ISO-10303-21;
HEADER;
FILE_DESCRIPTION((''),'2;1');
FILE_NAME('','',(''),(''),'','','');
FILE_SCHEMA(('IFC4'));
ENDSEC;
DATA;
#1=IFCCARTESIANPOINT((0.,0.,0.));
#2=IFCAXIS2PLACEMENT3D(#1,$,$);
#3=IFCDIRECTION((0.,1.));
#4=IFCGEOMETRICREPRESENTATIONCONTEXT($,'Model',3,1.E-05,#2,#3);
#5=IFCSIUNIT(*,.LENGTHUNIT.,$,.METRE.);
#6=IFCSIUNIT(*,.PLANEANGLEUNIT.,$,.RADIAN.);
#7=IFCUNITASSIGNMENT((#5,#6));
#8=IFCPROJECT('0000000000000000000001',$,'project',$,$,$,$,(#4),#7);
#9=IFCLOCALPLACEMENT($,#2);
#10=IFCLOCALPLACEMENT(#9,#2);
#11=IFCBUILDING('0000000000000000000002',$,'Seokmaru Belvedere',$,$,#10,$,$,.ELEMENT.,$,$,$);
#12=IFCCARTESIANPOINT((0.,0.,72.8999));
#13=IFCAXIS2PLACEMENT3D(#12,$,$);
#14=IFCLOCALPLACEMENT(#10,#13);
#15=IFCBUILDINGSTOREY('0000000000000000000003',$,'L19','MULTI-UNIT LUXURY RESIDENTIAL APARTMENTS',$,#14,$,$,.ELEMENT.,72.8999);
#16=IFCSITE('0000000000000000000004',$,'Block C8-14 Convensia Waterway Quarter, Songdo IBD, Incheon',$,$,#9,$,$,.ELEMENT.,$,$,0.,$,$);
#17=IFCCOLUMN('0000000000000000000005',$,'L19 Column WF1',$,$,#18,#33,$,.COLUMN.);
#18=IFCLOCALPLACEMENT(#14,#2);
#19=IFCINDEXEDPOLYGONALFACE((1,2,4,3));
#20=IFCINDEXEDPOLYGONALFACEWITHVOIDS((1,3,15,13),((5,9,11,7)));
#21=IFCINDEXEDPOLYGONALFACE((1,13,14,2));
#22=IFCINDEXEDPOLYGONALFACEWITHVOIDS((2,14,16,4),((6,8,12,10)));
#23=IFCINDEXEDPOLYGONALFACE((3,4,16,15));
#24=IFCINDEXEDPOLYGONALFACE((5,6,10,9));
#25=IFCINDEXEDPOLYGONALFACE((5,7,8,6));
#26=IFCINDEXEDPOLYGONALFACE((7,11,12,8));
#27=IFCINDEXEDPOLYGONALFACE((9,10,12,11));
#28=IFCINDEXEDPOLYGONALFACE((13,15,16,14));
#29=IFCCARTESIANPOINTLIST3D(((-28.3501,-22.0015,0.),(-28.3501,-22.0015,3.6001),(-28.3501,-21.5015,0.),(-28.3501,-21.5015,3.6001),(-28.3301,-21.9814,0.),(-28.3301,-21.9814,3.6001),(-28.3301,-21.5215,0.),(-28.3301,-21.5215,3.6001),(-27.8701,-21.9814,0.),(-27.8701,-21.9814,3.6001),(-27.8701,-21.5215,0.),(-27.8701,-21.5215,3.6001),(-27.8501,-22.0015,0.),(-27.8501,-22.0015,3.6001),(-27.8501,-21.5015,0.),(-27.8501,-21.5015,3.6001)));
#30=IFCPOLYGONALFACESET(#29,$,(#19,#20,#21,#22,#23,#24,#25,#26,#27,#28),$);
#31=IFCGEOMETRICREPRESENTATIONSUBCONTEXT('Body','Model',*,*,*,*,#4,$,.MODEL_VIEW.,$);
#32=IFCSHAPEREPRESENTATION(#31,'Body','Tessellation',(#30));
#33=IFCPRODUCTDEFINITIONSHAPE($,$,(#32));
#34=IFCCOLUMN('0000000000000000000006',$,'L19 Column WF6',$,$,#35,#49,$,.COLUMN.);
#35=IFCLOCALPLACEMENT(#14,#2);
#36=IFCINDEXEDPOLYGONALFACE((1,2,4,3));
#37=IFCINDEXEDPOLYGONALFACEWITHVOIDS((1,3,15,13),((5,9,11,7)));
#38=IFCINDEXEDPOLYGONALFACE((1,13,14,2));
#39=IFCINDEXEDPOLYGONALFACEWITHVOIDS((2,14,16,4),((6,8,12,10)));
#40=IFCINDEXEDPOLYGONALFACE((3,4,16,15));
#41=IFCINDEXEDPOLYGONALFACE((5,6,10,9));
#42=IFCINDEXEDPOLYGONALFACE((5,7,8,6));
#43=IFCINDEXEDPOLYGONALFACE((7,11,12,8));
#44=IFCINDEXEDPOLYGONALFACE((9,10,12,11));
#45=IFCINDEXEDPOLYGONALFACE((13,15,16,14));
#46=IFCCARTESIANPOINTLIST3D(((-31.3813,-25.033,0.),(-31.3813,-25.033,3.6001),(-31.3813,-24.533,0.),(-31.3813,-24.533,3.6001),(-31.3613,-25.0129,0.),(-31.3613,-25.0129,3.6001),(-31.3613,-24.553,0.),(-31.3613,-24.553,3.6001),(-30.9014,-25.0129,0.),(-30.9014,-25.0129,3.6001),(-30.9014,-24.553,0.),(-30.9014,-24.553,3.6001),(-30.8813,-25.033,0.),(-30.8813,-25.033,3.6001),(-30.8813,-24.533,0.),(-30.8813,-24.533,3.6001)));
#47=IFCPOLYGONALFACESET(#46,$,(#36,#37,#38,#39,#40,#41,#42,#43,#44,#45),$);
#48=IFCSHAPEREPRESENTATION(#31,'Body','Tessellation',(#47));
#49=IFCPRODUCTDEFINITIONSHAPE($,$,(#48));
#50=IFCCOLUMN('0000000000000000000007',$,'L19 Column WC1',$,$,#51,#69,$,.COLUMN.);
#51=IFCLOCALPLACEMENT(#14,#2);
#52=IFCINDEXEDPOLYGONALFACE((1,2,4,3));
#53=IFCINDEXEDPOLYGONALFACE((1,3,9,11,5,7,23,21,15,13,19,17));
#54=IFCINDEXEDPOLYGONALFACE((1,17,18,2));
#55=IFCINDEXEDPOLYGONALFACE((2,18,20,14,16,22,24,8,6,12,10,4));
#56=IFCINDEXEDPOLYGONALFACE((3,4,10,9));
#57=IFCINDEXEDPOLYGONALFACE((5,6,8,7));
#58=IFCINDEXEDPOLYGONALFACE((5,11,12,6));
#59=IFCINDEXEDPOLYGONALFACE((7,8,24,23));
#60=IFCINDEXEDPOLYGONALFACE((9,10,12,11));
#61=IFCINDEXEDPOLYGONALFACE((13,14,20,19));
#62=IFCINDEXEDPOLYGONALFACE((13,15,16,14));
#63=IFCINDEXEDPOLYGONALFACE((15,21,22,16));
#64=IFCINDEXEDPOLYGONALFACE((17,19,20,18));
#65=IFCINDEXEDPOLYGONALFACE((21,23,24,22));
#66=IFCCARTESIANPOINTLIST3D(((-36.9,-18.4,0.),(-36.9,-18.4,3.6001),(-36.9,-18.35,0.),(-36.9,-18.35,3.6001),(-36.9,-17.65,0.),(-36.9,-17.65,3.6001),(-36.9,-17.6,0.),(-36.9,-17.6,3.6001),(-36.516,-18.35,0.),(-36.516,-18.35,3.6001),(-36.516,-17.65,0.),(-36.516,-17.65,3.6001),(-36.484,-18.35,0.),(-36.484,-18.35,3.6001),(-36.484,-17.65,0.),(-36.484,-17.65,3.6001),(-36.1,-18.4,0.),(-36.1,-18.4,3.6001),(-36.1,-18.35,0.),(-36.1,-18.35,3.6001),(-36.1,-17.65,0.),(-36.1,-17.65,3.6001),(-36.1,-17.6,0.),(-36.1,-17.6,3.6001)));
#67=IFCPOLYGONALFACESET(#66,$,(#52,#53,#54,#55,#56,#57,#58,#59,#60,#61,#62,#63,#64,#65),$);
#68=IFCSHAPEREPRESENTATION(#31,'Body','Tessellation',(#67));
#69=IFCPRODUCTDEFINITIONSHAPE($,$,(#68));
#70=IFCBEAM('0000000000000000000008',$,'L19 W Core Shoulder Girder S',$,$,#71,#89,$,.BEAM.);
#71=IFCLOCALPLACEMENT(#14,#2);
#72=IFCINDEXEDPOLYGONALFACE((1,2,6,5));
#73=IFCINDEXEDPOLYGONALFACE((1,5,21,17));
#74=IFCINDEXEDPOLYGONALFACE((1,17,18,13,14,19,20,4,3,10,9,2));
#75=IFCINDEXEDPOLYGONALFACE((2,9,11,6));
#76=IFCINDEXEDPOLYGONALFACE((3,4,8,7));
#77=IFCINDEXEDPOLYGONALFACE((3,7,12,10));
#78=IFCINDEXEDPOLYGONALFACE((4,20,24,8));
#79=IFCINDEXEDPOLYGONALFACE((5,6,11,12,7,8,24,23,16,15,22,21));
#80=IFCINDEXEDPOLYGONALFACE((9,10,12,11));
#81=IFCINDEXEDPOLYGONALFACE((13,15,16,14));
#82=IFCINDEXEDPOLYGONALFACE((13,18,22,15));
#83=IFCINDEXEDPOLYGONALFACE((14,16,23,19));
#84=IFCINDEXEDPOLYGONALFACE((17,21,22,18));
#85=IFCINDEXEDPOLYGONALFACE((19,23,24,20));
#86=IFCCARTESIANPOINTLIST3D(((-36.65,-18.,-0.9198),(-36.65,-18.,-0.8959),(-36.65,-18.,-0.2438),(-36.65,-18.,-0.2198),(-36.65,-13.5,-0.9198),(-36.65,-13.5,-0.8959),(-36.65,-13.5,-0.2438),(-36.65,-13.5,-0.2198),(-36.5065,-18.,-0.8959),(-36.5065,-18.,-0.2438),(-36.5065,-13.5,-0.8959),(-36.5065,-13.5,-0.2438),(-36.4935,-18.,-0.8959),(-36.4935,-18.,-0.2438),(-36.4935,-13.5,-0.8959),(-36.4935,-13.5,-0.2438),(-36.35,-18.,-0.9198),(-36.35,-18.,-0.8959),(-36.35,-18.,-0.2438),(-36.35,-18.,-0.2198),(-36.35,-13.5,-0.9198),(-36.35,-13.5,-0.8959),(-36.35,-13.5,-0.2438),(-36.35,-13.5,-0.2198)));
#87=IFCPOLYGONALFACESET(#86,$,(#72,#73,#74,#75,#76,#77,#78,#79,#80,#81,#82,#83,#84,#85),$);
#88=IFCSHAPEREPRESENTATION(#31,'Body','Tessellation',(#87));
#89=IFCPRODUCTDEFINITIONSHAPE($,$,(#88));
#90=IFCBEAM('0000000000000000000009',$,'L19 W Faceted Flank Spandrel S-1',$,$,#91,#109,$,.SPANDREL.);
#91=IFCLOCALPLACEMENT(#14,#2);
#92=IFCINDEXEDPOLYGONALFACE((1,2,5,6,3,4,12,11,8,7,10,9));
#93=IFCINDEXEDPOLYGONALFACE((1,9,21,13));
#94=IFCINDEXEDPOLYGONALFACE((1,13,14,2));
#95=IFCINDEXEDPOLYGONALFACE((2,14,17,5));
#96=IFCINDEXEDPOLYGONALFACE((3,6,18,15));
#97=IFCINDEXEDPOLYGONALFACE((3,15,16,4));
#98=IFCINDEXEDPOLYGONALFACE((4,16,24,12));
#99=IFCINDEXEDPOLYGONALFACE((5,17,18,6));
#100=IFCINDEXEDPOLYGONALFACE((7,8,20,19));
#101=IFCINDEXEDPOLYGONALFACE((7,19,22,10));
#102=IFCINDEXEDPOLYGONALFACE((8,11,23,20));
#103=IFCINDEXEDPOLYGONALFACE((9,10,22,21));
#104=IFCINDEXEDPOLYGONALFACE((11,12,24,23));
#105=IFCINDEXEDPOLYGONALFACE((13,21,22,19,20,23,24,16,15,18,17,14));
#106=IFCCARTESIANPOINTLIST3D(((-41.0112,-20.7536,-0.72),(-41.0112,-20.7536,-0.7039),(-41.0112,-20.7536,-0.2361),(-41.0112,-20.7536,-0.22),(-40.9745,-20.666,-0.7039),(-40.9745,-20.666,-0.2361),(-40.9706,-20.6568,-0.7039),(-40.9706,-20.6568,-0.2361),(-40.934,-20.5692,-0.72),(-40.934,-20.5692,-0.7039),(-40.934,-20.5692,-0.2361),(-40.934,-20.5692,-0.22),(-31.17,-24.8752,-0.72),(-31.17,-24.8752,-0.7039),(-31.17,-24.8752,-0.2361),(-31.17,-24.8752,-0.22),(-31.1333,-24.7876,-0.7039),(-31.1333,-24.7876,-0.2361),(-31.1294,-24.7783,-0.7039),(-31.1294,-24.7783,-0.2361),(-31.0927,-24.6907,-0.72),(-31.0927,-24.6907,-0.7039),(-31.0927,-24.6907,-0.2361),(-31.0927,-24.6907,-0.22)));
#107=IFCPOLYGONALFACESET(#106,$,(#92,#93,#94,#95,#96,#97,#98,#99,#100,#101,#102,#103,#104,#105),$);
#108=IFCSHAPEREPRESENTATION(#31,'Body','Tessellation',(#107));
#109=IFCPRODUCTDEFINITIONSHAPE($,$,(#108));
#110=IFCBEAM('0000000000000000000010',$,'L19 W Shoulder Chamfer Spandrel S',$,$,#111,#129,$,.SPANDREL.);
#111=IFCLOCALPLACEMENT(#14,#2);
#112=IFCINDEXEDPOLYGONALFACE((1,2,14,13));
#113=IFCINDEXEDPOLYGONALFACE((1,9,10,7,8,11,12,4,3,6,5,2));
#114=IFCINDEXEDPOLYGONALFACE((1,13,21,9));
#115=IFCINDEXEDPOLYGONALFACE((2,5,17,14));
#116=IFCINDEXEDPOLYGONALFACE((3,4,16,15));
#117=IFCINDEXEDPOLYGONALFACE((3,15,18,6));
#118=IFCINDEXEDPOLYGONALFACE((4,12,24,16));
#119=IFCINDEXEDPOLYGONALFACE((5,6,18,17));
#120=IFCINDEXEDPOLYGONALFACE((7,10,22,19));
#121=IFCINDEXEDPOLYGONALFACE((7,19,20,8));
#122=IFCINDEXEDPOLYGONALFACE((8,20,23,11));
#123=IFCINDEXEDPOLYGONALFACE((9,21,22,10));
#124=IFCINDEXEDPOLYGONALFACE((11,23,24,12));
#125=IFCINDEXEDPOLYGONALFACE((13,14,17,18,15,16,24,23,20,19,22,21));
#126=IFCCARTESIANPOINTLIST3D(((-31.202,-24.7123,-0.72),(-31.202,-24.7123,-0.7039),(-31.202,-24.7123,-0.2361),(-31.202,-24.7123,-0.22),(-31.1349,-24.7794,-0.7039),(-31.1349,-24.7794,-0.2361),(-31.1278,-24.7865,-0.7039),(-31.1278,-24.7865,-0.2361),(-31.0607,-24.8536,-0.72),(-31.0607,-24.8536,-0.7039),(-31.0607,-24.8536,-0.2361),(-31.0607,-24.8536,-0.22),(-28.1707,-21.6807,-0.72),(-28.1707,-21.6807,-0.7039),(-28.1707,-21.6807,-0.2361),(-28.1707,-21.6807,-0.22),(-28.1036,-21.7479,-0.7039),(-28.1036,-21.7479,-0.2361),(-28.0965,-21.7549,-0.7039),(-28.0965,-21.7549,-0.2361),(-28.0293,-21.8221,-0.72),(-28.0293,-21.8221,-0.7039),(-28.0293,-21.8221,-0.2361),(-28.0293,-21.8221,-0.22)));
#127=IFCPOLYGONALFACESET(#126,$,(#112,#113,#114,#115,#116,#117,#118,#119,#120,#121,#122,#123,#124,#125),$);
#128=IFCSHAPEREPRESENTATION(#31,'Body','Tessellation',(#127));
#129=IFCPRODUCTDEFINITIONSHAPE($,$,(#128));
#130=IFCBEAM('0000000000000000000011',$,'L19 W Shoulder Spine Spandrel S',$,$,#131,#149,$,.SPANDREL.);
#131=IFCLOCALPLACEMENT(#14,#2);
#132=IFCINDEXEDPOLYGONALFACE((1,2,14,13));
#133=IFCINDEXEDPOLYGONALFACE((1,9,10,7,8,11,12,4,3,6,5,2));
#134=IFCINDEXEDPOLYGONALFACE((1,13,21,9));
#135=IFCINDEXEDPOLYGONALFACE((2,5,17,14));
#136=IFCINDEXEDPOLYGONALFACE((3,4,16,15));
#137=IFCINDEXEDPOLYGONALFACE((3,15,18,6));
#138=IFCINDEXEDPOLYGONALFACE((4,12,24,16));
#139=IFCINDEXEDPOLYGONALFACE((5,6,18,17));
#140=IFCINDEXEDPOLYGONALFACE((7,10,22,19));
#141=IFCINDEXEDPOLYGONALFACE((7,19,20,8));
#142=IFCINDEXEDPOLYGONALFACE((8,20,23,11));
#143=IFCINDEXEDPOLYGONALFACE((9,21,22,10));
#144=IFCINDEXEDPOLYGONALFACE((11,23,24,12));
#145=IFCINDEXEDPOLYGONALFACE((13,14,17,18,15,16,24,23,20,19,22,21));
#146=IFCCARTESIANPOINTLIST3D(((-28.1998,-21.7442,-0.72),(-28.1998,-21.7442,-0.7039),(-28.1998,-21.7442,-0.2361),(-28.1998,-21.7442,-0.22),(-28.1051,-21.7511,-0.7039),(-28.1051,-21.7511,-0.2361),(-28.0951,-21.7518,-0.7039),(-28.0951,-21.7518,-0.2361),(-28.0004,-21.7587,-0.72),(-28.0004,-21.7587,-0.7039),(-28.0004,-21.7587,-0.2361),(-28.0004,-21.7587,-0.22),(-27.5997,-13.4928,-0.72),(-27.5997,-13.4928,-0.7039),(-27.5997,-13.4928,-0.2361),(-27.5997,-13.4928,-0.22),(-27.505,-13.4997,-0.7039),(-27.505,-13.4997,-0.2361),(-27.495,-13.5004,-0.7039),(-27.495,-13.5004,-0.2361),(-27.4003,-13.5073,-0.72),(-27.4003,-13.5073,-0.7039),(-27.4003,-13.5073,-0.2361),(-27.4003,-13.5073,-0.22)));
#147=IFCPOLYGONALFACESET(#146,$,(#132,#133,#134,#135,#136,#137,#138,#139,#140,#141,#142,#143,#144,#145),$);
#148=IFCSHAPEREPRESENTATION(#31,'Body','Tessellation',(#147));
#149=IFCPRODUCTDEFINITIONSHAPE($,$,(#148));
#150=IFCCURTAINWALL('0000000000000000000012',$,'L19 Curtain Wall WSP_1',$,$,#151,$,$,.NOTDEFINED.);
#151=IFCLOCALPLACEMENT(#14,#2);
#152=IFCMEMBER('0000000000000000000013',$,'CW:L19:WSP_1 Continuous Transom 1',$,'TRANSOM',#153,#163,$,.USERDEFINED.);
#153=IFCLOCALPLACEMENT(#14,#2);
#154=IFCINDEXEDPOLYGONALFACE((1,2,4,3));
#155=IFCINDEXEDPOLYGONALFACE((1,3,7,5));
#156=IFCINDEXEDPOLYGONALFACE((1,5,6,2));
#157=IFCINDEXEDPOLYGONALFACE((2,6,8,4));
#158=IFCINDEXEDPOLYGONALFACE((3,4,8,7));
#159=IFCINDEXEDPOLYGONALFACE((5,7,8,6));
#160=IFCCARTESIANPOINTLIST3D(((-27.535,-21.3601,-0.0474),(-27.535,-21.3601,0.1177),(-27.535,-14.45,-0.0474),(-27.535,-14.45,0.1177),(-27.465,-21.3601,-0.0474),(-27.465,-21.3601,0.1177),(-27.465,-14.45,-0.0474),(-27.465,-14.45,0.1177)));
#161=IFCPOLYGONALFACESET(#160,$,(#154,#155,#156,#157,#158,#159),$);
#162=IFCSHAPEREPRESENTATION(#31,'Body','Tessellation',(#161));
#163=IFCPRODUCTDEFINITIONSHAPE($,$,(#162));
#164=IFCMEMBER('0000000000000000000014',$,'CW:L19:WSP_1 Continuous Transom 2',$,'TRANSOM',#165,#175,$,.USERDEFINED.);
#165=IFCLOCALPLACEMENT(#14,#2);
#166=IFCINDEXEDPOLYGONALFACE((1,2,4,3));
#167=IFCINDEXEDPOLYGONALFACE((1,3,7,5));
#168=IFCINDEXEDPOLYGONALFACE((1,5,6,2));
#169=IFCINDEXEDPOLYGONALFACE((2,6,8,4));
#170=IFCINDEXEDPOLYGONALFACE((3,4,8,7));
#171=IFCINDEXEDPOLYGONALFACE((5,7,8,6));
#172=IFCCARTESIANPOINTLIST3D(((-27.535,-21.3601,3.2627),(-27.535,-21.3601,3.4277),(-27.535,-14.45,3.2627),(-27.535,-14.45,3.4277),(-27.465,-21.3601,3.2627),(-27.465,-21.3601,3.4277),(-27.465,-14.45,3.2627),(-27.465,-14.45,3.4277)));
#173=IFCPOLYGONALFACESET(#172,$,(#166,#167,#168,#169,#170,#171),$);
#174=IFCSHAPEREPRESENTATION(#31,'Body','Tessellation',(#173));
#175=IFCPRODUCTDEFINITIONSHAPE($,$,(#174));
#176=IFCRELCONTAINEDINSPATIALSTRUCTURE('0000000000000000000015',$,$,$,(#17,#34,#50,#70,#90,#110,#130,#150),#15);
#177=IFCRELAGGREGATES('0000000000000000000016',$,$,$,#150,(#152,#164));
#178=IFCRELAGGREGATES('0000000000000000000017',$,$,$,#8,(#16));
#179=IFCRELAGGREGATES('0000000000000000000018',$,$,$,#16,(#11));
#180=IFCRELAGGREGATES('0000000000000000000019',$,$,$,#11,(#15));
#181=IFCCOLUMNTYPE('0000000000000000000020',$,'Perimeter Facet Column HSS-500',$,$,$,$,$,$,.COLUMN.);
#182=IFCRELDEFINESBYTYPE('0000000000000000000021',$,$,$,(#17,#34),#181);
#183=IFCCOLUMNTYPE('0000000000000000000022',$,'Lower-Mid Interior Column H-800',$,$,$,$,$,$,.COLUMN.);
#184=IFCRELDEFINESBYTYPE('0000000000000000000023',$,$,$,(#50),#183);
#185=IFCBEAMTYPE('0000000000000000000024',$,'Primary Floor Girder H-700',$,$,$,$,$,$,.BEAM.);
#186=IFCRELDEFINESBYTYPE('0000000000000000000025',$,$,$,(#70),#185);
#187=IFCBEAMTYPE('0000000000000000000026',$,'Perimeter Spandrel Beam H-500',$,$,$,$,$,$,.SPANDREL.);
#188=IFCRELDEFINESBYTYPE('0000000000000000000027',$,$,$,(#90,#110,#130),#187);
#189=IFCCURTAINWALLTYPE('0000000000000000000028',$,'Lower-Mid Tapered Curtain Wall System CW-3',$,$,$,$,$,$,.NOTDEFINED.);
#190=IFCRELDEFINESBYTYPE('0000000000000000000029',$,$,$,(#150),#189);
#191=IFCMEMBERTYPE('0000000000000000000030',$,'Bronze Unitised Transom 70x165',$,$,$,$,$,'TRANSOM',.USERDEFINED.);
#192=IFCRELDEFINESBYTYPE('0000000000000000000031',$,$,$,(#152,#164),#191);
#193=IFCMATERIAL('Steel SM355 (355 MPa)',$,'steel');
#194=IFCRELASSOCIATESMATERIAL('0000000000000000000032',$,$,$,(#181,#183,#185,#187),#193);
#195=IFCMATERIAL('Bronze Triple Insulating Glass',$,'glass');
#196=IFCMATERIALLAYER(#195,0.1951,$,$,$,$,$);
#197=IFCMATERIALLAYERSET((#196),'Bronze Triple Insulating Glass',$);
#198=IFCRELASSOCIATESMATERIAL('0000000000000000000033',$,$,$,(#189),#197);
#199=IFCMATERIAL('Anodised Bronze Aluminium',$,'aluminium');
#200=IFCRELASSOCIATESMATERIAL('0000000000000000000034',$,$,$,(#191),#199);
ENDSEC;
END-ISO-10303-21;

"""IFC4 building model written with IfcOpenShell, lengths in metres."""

from ifc_helpers import new_model, si_unit, direction, frame, origin, origin_2d, place, context, subcontext, project, spatial, rectangle, hollow_rectangle, i_section, extrude, source, transform, mapped, material, layer, layer_set, material_profile, profile_set, type_object, type_shapes, element, aggregate, save


model = new_model("IFC4")

# Units and contexts
model_context = context("Model", 3, precision=1e-05, world=origin(), true_north=direction((0.0, 1.0)))
body_context = subcontext(model_context, "Body", "Model", "MODEL_VIEW")
ifc_project = project(units=[si_unit("LENGTHUNIT", "METRE"), si_unit("PLANEANGLEUNIT", "RADIAN")], contexts=[model_context])

# Site, building, storey
site_placement = place(None, origin())
site = spatial("IfcSite", under=ifc_project, at=site_placement, Name="Block C8-14 Convensia Waterway Quarter, Songdo IBD, Incheon", CompositionType="ELEMENT", RefElevation=0.0)
building_placement = place(site_placement, origin())
building = spatial("IfcBuilding", under=site, at=building_placement, Name="Seokmaru Belvedere", CompositionType="ELEMENT")
storey_placement = place(building_placement, frame((0.0, 0.0, 72.8999)))
storey = spatial("IfcBuildingStorey", under=building, at=storey_placement, Name="L19", Description="MULTI-UNIT LUXURY RESIDENTIAL APARTMENTS", CompositionType="ELEMENT", Elevation=72.8999)

# Columns
ifc_material_1 = material(Name="Steel SM355 (355 MPa)", Category="steel")
ifc_material_profile_1 = material_profile(ifc_material_1, hollow_rectangle(XDim=0.5, YDim=0.5, WallThickness=0.02, at=origin_2d()), Name="HSS-500x500x20")
ifc_profile_set_1 = profile_set([ifc_material_profile_1], Name="Steel SM355 (355 MPa)")
column_type_1 = type_object("IfcColumnType", Name="Perimeter Facet Column HSS-500", PredefinedType="COLUMN", material=ifc_profile_set_1)
shared_shape_1 = source(origin(), body_context, "Body", "SweptSolid", [
    extrude(hollow_rectangle(XDim=0.5, YDim=0.5, WallThickness=0.02, at=origin_2d()), origin(), (0.0, 0.0, 1.0), 3.6001),
])
type_shapes(column_type_1, [shared_shape_1])
for number, where, z_axis, x_axis, name in (
    (1, (-28.1001, -21.7515, 0.0), (0.0, 0.0, 1.0), (1.0, 0.0, 0.0), "L19 Column WF1"),
    (2, (-31.1313, -24.783, 0.0), (0.0, 0.0, 1.0), (1.0, 0.0, 0.0), "L19 Column WF6"),
):
    element("IfcColumn", number, at=place(storey_placement, frame(where, z_axis=z_axis, x_axis=x_axis)), inside=storey, type_object=column_type_1, Name=name, PredefinedType="COLUMN", context=body_context, shape_type="MappedRepresentation", body=[
        mapped(shared_shape_1, transform((0.0, 0.0, 0.0), scale=1.0)),
    ])
ifc_material_profile_2 = material_profile(ifc_material_1, i_section(OverallWidth=0.8, OverallDepth=0.8, WebThickness=0.032, FlangeThickness=0.05, at=origin_2d()), Name="H-800x800x32x50")
ifc_profile_set_2 = profile_set([ifc_material_profile_2], Name="Steel SM355 (355 MPa)")
column_type_2 = type_object("IfcColumnType", Name="Lower-Mid Interior Column H-800", PredefinedType="COLUMN", material=ifc_profile_set_2)
shared_shape_2 = source(origin(), body_context, "Body", "SweptSolid", [
    extrude(i_section(OverallWidth=0.8, OverallDepth=0.8, WebThickness=0.032, FlangeThickness=0.05, at=origin_2d()), origin(), (0.0, 0.0, 1.0), 3.6001),
])
type_shapes(column_type_2, [shared_shape_2])
column_placement = place(storey_placement, frame((-36.5, -18.0, 0.0), z_axis=(0.0, 0.0, 1.0), x_axis=(1.0, 0.0, 0.0)))
element("IfcColumn", 3, at=column_placement, inside=storey, type_object=column_type_2, Name="L19 Column WC1", PredefinedType="COLUMN", context=body_context, shape_type="MappedRepresentation", body=[
    mapped(shared_shape_2, transform((0.0, 0.0, 0.0), scale=1.0)),
])

# Beams
ifc_material_profile_3 = material_profile(ifc_material_1, i_section(OverallWidth=0.3, OverallDepth=0.7, WebThickness=0.0129, FlangeThickness=0.0239, at=origin_2d()), Name="H-700x300x13x24")
ifc_profile_set_3 = profile_set([ifc_material_profile_3], Name="Steel SM355 (355 MPa)")
beam_type_1 = type_object("IfcBeamType", Name="Primary Floor Girder H-700", PredefinedType="BEAM", material=ifc_profile_set_3)
shared_shape_3 = source(origin(), body_context, "Body", "SweptSolid", [
    extrude(i_section(OverallWidth=0.3, OverallDepth=0.7, WebThickness=0.0129, FlangeThickness=0.0239, at=origin_2d()), origin(), (0.0, 0.0, 1.0), 4.5),
])
type_shapes(beam_type_1, [shared_shape_3])
beam_1_placement = place(storey_placement, frame((-36.5, -18.0, -0.5698), z_axis=(0.0, 1.0, 0.0), x_axis=(-1.0, 0.0, 0.0)))
element("IfcBeam", 4, at=beam_1_placement, inside=storey, type_object=beam_type_1, Name="L19 W Core Shoulder Girder S", PredefinedType="BEAM", context=body_context, shape_type="MappedRepresentation", body=[
    mapped(shared_shape_3, transform((0.0, 0.0, 0.0), scale=1.0)),
])
ifc_material_profile_4 = material_profile(ifc_material_1, i_section(OverallWidth=0.2, OverallDepth=0.5, WebThickness=0.01, FlangeThickness=0.0161, at=origin_2d()), Name="H-500x200x10x16")
ifc_profile_set_4 = profile_set([ifc_material_profile_4], Name="Steel SM355 (355 MPa)")
beam_type_2 = type_object("IfcBeamType", Name="Perimeter Spandrel Beam H-500", PredefinedType="SPANDREL", material=ifc_profile_set_4)
shared_shape_4 = source(origin(), body_context, "Body", "SweptSolid", [
    extrude(i_section(OverallWidth=0.2, OverallDepth=0.5, WebThickness=0.01, FlangeThickness=0.0161, at=origin_2d()), origin(), (0.0, 0.0, 1.0), 10.6694),
])
beam_2_placement = place(storey_placement, frame((-31.1313, -24.783, -0.47), z_axis=(-0.922375, 0.386295, 0.0), x_axis=(-0.386295, -0.922375, 0.0)))
element("IfcBeam", 5, at=beam_2_placement, inside=storey, type_object=beam_type_2, Name="L19 W Faceted Flank Spandrel S-1", PredefinedType="SPANDREL", context=body_context, shape_type="MappedRepresentation", body=[
    mapped(shared_shape_4, transform((0.0, 0.0, 0.0), scale=1.0)),
])
shared_shape_5 = source(origin(), body_context, "Body", "SweptSolid", [
    extrude(i_section(OverallWidth=0.2, OverallDepth=0.5, WebThickness=0.01, FlangeThickness=0.0161, at=origin_2d()), origin(), (0.0, 0.0, 1.0), 4.2871),
])
beam_3_placement = place(storey_placement, frame((-31.1313, -24.783, -0.47), z_axis=(0.707078, 0.707135, 0.0), x_axis=(-0.707135, 0.707078, 0.0)))
element("IfcBeam", 6, at=beam_3_placement, inside=storey, type_object=beam_type_2, Name="L19 W Shoulder Chamfer Spandrel S", PredefinedType="SPANDREL", context=body_context, shape_type="MappedRepresentation", body=[
    mapped(shared_shape_5, transform((0.0, 0.0, 0.0), scale=1.0)),
])
shared_shape_6 = source(origin(), body_context, "Body", "SweptSolid", [
    extrude(i_section(OverallWidth=0.2, OverallDepth=0.5, WebThickness=0.01, FlangeThickness=0.0161, at=origin_2d()), origin(), (0.0, 0.0, 1.0), 8.2732),
])
type_shapes(beam_type_2, [shared_shape_4, shared_shape_5, shared_shape_6])
beam_4_placement = place(storey_placement, frame((-28.1001, -21.7515, -0.47), z_axis=(0.072535, 0.997366, 0.0), x_axis=(-0.997366, 0.072535, 0.0)))
element("IfcBeam", 7, at=beam_4_placement, inside=storey, type_object=beam_type_2, Name="L19 W Shoulder Spine Spandrel S", PredefinedType="SPANDREL", context=body_context, shape_type="MappedRepresentation", body=[
    mapped(shared_shape_6, transform((0.0, 0.0, 0.0), scale=1.0)),
])

# Curtain wall, members
ifc_material_2 = material(Name="Bronze Triple Insulating Glass", Category="glass")
ifc_layer_1 = layer(ifc_material_2, 0.1951)
ifc_layer_set_1 = layer_set([ifc_layer_1], Name="Bronze Triple Insulating Glass")
curtain_wall_type = type_object("IfcCurtainWallType", Name="Lower-Mid Tapered Curtain Wall System CW-3", PredefinedType="NOTDEFINED", material=ifc_layer_set_1)
curtain_wall_1_placement = place(storey_placement, origin())
curtain_wall_1 = element("IfcCurtainWall", 8, at=curtain_wall_1_placement, inside=storey, type_object=curtain_wall_type, Name="L19 Curtain Wall WSP_1", PredefinedType="NOTDEFINED")
ifc_material_3 = material(Name="Anodised Bronze Aluminium", Category="aluminium")
ifc_material_profile_5 = material_profile(ifc_material_3, rectangle(XDim=0.0701, YDim=0.165, at=origin_2d()), Name="CW-T-70x165")
ifc_profile_set_5 = profile_set([ifc_material_profile_5], Name="Anodised Bronze Aluminium")
member_type_1 = type_object("IfcMemberType", Name="Bronze Unitised Transom 70x165", ElementType="TRANSOM", PredefinedType="USERDEFINED", material=ifc_profile_set_5)
shared_shape_7 = source(origin(), body_context, "Body", "SweptSolid", [
    extrude(rectangle(XDim=0.0701, YDim=0.165, at=origin_2d()), origin(), (0.0, 0.0, 1.0), 6.9102),
])
member_1_placement = place(storey_placement, frame((-27.5, -21.3601, 0.0352), z_axis=(0.0, 1.0, 0.0), x_axis=(-1.0, 0.0, 0.0)))
member_1 = element("IfcMember", 9, at=member_1_placement, type_object=member_type_1, Name="CW:L19:WSP_1 Continuous Transom 1", ObjectType="TRANSOM", PredefinedType="USERDEFINED", context=body_context, shape_type="MappedRepresentation", body=[
    mapped(shared_shape_7, transform((0.0, 0.0, 0.0), scale=1.0)),
])
member_2_placement = place(storey_placement, frame((-27.5, -21.3601, 3.3452), z_axis=(0.0, 1.0, 0.0), x_axis=(-1.0, 0.0, 0.0)))
member_2 = element("IfcMember", 10, at=member_2_placement, type_object=member_type_1, Name="CW:L19:WSP_1 Continuous Transom 2", ObjectType="TRANSOM", PredefinedType="USERDEFINED", context=body_context, shape_type="MappedRepresentation", body=[
    mapped(shared_shape_7, transform((0.0, 0.0, 0.0), scale=1.0)),
])

aggregate(curtain_wall_1, [member_1, member_2])

save(model, "model.ifc")
